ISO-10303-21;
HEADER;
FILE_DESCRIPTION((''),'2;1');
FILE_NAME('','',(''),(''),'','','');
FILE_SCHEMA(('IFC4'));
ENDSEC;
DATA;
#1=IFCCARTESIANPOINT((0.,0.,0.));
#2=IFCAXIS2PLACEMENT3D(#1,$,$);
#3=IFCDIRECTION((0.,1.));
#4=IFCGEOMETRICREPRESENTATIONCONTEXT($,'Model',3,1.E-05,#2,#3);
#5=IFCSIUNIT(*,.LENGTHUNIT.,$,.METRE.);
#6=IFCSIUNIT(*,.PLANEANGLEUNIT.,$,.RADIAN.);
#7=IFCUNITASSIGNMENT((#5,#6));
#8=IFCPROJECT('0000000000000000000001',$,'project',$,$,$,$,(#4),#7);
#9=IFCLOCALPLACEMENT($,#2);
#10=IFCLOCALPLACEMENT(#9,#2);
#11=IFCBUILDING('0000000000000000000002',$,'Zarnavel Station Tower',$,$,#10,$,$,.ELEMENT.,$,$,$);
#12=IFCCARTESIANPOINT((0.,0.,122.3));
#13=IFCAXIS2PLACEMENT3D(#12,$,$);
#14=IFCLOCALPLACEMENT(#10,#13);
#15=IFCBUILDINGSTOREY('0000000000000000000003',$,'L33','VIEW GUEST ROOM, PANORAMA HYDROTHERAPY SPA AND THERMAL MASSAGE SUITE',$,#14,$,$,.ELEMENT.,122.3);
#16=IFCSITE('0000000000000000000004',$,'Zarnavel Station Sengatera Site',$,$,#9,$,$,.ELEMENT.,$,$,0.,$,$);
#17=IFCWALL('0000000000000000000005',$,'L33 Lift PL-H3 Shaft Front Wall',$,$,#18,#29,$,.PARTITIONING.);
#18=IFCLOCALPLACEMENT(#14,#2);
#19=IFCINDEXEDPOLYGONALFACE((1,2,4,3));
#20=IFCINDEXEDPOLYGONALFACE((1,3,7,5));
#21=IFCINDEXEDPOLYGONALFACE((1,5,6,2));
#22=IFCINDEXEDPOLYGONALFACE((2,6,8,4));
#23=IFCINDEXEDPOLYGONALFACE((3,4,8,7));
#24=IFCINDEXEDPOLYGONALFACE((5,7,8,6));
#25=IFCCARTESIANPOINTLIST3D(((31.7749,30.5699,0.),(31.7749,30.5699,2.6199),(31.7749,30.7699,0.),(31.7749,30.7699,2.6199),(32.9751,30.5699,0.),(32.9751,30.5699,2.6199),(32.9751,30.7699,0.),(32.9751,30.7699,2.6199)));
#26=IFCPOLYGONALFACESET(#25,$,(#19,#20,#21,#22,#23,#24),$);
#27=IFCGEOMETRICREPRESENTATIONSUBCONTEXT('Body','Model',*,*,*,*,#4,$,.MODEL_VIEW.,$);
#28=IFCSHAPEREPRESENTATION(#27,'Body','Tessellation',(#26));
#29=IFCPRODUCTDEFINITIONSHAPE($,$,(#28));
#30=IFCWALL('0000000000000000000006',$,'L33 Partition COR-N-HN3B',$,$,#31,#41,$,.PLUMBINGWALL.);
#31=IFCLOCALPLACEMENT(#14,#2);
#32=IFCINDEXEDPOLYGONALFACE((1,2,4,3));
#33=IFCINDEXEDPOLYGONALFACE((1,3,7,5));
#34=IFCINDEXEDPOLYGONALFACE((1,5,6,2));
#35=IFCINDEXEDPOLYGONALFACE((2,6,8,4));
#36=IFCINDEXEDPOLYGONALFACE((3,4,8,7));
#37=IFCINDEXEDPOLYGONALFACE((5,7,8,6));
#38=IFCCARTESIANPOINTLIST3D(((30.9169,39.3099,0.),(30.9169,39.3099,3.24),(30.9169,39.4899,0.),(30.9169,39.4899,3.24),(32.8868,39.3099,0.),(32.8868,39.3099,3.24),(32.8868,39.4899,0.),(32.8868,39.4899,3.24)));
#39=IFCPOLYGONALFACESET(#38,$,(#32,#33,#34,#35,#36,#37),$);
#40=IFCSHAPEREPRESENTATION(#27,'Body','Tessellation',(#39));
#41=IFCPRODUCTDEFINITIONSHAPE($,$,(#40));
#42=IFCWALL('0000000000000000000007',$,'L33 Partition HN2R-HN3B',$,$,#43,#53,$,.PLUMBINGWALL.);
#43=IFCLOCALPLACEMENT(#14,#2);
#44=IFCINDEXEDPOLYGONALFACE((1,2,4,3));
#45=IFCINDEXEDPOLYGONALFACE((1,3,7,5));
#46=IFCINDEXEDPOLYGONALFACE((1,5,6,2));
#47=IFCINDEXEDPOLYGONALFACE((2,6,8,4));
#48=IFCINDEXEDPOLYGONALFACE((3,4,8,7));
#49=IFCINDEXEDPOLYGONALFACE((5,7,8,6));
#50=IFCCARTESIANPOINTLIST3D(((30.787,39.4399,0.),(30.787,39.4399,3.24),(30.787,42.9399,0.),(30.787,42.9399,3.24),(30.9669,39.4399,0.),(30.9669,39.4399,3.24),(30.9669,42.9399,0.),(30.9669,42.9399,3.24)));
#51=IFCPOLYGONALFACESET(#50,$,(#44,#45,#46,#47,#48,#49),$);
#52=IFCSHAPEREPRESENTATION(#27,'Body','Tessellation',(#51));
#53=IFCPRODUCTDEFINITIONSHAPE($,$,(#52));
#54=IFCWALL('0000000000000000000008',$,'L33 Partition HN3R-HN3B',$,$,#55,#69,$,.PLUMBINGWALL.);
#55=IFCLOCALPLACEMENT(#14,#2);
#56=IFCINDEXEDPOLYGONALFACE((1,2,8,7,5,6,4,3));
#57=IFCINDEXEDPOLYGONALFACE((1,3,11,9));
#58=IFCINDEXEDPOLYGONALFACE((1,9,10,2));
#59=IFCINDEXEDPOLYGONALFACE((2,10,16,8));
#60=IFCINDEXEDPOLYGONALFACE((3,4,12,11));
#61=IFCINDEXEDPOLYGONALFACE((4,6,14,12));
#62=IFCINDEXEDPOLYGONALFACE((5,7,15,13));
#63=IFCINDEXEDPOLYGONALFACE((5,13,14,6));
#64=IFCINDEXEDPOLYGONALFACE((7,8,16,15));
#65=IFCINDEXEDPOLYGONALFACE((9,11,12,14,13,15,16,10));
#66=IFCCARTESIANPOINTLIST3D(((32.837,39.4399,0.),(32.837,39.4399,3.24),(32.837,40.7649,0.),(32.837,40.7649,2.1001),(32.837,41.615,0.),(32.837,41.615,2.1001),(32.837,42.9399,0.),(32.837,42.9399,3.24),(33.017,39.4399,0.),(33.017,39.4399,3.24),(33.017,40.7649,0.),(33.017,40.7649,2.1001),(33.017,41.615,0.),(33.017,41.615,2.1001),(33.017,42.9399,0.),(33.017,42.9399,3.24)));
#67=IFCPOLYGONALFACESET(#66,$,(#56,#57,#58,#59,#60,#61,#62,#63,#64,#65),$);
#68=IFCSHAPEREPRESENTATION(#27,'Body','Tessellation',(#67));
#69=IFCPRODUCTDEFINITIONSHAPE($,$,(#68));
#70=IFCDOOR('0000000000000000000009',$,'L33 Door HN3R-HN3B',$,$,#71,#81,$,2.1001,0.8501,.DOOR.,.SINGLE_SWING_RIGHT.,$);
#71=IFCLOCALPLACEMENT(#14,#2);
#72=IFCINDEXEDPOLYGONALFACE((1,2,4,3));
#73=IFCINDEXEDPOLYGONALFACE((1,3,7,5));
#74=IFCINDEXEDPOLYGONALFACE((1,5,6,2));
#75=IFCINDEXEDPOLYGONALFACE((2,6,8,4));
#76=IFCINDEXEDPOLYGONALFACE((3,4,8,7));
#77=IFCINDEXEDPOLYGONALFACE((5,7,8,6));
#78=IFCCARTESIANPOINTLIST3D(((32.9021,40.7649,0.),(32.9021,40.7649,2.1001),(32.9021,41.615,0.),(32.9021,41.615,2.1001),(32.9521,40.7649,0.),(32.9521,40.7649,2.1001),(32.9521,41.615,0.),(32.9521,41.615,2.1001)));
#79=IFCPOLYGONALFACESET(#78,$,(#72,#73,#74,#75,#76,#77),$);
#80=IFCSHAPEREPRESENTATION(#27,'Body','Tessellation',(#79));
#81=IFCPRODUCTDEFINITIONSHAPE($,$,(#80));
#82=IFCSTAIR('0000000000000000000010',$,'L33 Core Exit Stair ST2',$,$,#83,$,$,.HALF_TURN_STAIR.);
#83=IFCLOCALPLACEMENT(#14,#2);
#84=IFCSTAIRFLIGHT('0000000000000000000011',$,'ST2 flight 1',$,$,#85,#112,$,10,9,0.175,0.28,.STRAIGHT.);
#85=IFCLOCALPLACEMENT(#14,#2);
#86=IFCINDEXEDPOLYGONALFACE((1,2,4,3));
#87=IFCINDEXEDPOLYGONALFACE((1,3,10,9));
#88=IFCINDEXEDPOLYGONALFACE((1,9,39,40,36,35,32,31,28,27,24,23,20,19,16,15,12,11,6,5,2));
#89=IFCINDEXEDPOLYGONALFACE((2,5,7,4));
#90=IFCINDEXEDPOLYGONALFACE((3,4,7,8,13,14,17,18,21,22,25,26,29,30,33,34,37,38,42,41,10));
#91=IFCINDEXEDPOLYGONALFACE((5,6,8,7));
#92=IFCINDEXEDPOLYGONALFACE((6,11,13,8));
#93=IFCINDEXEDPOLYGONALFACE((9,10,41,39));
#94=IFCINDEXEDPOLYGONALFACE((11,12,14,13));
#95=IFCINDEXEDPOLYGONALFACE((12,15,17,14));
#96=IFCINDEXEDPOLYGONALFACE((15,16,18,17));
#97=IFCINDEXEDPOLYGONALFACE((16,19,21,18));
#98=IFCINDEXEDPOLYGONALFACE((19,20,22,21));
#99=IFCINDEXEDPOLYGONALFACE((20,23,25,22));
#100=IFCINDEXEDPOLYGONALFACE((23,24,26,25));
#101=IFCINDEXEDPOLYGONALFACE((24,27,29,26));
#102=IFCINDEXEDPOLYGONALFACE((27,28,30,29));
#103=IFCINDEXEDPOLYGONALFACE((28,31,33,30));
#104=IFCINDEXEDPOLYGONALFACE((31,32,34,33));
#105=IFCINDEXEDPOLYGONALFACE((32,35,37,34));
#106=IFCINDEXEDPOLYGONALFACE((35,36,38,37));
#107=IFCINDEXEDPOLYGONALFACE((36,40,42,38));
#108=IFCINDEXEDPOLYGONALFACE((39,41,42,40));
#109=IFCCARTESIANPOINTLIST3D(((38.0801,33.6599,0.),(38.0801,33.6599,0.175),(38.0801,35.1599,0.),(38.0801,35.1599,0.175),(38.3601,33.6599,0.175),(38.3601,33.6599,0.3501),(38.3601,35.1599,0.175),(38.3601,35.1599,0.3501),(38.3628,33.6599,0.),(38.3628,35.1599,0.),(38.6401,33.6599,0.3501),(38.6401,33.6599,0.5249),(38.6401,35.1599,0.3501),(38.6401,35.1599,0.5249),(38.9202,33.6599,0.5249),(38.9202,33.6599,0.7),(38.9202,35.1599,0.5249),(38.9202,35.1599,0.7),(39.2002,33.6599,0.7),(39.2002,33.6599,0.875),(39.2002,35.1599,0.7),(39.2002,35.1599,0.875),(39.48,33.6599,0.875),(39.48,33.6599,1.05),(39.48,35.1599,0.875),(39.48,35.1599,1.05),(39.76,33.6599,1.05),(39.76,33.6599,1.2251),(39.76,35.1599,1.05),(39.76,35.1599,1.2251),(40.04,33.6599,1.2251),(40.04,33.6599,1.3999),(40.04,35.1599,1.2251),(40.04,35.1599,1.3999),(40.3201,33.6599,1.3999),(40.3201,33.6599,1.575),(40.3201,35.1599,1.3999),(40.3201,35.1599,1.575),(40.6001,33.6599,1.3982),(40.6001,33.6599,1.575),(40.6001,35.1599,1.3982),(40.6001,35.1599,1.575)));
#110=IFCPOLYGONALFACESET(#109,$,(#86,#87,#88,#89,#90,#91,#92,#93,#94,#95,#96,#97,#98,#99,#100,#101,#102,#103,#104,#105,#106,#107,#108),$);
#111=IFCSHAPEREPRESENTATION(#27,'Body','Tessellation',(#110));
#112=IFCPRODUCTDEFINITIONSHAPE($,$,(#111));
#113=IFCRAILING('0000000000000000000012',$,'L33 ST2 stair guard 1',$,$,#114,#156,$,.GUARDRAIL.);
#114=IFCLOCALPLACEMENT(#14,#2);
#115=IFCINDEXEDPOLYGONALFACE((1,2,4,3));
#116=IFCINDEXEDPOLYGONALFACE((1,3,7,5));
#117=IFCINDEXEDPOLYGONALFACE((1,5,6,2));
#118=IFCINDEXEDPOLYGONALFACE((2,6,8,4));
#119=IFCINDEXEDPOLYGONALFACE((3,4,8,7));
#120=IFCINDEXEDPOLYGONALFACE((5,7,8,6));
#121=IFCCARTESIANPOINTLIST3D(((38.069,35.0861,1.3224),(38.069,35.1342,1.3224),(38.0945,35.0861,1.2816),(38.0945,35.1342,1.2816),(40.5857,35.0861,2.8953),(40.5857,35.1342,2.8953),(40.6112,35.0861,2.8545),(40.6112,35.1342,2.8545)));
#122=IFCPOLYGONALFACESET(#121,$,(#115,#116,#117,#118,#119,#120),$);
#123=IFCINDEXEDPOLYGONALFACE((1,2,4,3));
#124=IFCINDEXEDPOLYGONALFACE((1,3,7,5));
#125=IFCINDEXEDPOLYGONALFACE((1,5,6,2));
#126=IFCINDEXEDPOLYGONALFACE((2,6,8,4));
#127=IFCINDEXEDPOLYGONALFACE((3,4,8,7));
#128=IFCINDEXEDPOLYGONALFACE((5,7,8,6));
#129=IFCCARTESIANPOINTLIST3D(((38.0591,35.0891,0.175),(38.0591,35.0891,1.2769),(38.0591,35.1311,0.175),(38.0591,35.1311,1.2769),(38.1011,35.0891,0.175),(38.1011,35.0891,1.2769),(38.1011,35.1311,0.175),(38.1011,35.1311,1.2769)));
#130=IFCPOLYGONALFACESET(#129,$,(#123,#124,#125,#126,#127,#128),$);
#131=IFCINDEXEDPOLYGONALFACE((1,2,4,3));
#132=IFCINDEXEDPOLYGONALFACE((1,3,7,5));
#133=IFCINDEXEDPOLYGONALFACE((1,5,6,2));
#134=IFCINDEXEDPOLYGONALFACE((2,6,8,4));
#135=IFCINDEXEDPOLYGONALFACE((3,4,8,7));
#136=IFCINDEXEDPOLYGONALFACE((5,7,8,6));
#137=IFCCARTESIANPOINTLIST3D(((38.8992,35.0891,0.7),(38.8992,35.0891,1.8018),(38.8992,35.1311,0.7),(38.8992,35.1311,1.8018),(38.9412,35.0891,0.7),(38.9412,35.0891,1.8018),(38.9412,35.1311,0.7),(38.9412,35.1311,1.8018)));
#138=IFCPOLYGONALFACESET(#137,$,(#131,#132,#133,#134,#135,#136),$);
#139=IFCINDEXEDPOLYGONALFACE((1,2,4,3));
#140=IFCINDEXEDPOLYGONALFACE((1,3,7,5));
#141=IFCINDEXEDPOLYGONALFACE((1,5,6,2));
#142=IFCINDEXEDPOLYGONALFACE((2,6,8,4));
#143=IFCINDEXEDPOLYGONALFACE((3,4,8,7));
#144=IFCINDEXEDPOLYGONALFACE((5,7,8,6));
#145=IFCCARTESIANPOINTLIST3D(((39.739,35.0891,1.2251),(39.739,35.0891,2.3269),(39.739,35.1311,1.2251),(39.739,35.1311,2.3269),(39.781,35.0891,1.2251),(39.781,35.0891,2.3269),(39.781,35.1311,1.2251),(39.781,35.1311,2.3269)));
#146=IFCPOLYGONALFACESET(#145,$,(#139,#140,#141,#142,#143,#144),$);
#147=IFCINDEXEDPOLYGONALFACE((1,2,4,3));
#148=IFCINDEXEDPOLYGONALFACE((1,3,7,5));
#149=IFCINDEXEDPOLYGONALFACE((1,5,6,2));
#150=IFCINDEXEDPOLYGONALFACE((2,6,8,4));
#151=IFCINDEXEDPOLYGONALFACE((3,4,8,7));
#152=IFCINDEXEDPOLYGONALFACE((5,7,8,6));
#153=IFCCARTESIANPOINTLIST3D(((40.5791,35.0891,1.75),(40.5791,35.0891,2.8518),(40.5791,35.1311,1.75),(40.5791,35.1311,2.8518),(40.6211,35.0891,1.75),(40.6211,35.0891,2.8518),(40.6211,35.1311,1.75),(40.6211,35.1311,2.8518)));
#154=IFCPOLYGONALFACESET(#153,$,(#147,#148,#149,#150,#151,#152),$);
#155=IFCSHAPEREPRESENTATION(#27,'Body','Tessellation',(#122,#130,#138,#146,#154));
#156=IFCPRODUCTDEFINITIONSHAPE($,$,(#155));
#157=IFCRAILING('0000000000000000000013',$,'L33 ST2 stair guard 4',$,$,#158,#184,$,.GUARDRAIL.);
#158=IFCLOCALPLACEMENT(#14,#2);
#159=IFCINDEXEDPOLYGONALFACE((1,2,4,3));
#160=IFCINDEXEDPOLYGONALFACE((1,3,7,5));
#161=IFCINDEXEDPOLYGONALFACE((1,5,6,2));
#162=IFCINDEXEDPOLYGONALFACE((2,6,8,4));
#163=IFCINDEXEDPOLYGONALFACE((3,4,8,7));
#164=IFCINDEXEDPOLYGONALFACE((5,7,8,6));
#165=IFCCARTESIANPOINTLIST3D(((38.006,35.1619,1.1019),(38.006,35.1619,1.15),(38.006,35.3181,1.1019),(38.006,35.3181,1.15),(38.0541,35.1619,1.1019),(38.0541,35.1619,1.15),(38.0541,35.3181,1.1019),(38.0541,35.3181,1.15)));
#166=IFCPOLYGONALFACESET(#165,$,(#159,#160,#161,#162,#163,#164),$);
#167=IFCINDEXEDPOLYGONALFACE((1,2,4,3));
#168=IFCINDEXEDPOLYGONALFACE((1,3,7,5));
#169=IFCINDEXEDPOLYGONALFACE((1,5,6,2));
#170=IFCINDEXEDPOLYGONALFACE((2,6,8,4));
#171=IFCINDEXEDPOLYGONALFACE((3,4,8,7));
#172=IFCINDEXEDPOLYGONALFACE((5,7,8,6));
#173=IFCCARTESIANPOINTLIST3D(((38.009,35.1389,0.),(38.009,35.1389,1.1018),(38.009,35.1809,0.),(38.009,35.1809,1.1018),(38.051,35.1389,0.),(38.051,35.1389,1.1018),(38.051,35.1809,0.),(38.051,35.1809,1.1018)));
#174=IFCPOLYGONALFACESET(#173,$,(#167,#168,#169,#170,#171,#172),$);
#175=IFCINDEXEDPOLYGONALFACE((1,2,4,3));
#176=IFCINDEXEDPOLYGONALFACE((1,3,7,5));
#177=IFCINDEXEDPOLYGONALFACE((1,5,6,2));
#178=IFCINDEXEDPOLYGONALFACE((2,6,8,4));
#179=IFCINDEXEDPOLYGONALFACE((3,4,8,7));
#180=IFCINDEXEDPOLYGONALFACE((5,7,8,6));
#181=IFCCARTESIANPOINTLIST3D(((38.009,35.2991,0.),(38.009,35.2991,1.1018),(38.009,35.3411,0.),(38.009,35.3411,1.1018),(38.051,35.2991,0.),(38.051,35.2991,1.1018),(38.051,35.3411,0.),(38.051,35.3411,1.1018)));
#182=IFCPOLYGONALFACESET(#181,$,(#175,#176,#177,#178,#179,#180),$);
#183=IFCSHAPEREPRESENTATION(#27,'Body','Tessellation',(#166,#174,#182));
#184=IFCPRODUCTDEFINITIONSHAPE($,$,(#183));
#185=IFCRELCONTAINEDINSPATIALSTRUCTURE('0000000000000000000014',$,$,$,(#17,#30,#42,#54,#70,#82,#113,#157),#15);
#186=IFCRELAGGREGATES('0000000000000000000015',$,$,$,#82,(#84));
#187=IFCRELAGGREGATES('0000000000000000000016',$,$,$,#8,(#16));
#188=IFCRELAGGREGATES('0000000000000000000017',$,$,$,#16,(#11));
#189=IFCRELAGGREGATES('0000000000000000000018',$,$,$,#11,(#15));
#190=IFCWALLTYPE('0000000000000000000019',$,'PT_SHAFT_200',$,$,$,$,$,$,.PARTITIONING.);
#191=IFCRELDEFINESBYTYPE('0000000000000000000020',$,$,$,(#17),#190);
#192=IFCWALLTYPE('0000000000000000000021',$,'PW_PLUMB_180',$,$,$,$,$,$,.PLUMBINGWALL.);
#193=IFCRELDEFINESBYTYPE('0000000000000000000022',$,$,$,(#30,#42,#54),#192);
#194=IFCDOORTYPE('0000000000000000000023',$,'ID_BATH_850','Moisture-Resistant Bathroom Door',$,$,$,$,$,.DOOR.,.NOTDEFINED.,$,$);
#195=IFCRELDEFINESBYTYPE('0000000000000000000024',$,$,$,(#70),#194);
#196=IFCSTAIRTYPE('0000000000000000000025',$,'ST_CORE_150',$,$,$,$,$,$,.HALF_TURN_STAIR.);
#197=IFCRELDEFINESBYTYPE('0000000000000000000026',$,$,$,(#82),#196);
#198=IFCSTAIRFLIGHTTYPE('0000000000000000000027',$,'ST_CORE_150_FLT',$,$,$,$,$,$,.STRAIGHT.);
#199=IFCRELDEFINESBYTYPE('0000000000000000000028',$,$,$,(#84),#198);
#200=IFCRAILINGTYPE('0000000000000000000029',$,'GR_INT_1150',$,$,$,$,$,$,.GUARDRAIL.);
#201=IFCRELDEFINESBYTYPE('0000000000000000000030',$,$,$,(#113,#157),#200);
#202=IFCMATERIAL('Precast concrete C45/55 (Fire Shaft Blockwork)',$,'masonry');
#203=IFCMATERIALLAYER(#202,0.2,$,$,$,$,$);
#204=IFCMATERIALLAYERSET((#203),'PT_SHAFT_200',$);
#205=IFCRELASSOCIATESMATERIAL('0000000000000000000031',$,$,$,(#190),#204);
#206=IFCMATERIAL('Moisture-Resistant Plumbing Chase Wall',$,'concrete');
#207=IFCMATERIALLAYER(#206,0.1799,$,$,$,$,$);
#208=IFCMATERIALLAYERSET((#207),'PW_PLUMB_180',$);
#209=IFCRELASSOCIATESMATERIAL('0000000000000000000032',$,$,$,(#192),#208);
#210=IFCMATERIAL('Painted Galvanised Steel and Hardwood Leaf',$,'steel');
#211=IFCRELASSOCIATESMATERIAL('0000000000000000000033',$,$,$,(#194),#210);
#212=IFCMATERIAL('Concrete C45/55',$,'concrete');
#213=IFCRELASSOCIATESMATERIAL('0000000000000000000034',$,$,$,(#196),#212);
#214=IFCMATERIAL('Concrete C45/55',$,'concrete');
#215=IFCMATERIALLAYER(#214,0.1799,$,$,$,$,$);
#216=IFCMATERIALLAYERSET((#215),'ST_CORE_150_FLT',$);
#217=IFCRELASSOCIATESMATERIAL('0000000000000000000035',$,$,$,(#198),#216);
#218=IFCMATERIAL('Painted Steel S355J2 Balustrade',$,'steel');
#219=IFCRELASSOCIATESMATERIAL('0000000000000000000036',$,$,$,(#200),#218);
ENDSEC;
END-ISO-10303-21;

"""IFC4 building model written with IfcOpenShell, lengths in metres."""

from ifc_helpers import new_model, si_unit, direction, frame, frame_2d, origin, origin_2d, place, context, subcontext, project, spatial, polyline, rectangle, outline, extrude, material, layer, layer_set, type_object, element, fill, aggregate, save


model = new_model("IFC4")

# Units and contexts
model_context = context("Model", 3, precision=1e-05, world=origin(), true_north=direction((0.0, 1.0)))
body_context = subcontext(model_context, "Body", "Model", "MODEL_VIEW")
ifc_project = project(units=[si_unit("LENGTHUNIT", "METRE"), si_unit("PLANEANGLEUNIT", "RADIAN")], contexts=[model_context])

# Site, building, storey
site_placement = place(None, origin())
site = spatial("IfcSite", under=ifc_project, at=site_placement, Name="Zarnavel Station Sengatera Site", CompositionType="ELEMENT", RefElevation=0.0)
building_placement = place(site_placement, origin())
building = spatial("IfcBuilding", under=site, at=building_placement, Name="Zarnavel Station Tower", CompositionType="ELEMENT")
storey_placement = place(building_placement, frame((0.0, 0.0, 122.3)))
storey = spatial("IfcBuildingStorey", under=building, at=storey_placement, Name="L33", Description="VIEW GUEST ROOM, PANORAMA HYDROTHERAPY SPA AND THERMAL MASSAGE SUITE", CompositionType="ELEMENT", Elevation=122.3)

# Shared definitions
ifc_material_1 = material(Name="Precast concrete C45/55 (Fire Shaft Blockwork)", Category="masonry")
ifc_layer_1 = layer(ifc_material_1, 0.2)
ifc_layer_set_1 = layer_set([ifc_layer_1], Name="PT_SHAFT_200")
wall_type_1 = type_object("IfcWallType", Name="PT_SHAFT_200", PredefinedType="PARTITIONING", material=ifc_layer_set_1)

# Wall
wall_1_placement = place(storey_placement, frame((31.7749, 30.6699, 0.0), z_axis=(0.0, 0.0, 1.0), x_axis=(1.0, 0.0, 0.0)))
element("IfcWall", 1, at=wall_1_placement, inside=storey, type_object=wall_type_1, Name="L33 Lift PL-H3 Shaft Front Wall", PredefinedType="PARTITIONING", context=body_context, shape_type="SweptSolid", body=[
    extrude(rectangle(XDim=1.2002, YDim=0.2, at=frame_2d((0.6001, 0.0))), origin(), (0.0, 0.0, 1.0), 2.6199),
])

# Walls
ifc_material_2 = material(Name="Moisture-Resistant Plumbing Chase Wall", Category="concrete")
ifc_layer_2 = layer(ifc_material_2, 0.1799)
ifc_layer_set_2 = layer_set([ifc_layer_2], Name="PW_PLUMB_180")
wall_type_2 = type_object("IfcWallType", Name="PW_PLUMB_180", PredefinedType="PLUMBINGWALL", material=ifc_layer_set_2)
wall_2_placement = place(storey_placement, frame((30.917, 39.3999, 0.0), z_axis=(0.0, 0.0, 1.0), x_axis=(1.0, 0.0, 0.0)))
element("IfcWall", 2, at=wall_2_placement, inside=storey, type_object=wall_type_2, Name="L33 Partition COR-N-HN3B", PredefinedType="PLUMBINGWALL", context=body_context, shape_type="SweptSolid", body=[
    extrude(rectangle(XDim=1.97, YDim=0.1799, at=frame_2d((0.9849, 0.0))), origin(), (0.0, 0.0, 1.0), 3.24),
])
wall_3_placement = place(storey_placement, frame((30.877, 39.4399, 0.0), z_axis=(0.0, 0.0, 1.0), x_axis=(0.0, 1.0, 0.0)))
element("IfcWall", 3, at=wall_3_placement, inside=storey, type_object=wall_type_2, Name="L33 Partition HN2R-HN3B", PredefinedType="PLUMBINGWALL", context=body_context, shape_type="SweptSolid", body=[
    extrude(rectangle(XDim=3.5, YDim=0.1799, at=frame_2d((1.75, 0.0))), origin(), (0.0, 0.0, 1.0), 3.24),
])

# Wall, opening, door
wall_4_placement = place(storey_placement, frame((32.927, 39.4399, 0.0), z_axis=(0.0, 0.0, 1.0), x_axis=(0.0, 1.0, 0.0)))
wall_4 = element("IfcWall", 4, at=wall_4_placement, inside=storey, type_object=wall_type_2, Name="L33 Partition HN3R-HN3B", PredefinedType="PLUMBINGWALL", context=body_context, shape_type="SweptSolid", body=[
    extrude(rectangle(XDim=3.5, YDim=0.1799, at=frame_2d((1.75, 0.0))), origin(), (0.0, 0.0, 1.0), 3.24),
])
opening_1_placement = place(wall_4_placement, frame((1.325, 0.0, 0.0)))
opening_1 = element("IfcOpeningElement", 5, at=opening_1_placement, cuts=wall_4, PredefinedType="OPENING", context=body_context, shape_type="SweptSolid", body=[
    extrude(rectangle(XDim=0.8501, YDim=2.1001, at=frame_2d((0.425, 1.05))), frame((0.0, 0.0999, 0.0), z_axis=(0.0, -1.0, 0.0), x_axis=(1.0, 0.0, 0.0)), (0.0, 0.0, 1.0), 0.2),
])
ifc_material_3 = material(Name="Painted Galvanised Steel and Hardwood Leaf", Category="steel")
door_type_1 = type_object("IfcDoorType", Name="ID_BATH_850", Description="Moisture-Resistant Bathroom Door", OperationType="NOTDEFINED", PredefinedType="DOOR", material=ifc_material_3)
door_1_placement = place(opening_1_placement, origin())
door_1 = element("IfcDoor", 6, at=door_1_placement, inside=storey, type_object=door_type_1, Name="L33 Door HN3R-HN3B", OperationType="SINGLE_SWING_RIGHT", OverallHeight=2.1001, OverallWidth=0.8501, PredefinedType="DOOR", context=body_context, shape_type="SweptSolid", body=[
    extrude(rectangle(XDim=0.8501, YDim=2.1001, at=frame_2d((0.425, 1.05))), frame((0.0, 0.0249, 0.0), z_axis=(0.0, -1.0, 0.0), x_axis=(1.0, 0.0, 0.0)), (0.0, 0.0, 1.0), 0.05),
])
fill(opening_1, door_1)

# Stair, stair flight
ifc_material_4 = material(Name="Concrete C45/55", Category="concrete")
stair_type = type_object("IfcStairType", Name="ST_CORE_150", PredefinedType="HALF_TURN_STAIR", material=ifc_material_4)
stair_placement = place(storey_placement, origin())
stair = element("IfcStair", 7, at=stair_placement, inside=storey, type_object=stair_type, Name="L33 Core Exit Stair ST2", PredefinedType="HALF_TURN_STAIR")
ifc_material_5 = material(Name="Concrete C45/55", Category="concrete")
ifc_layer_3 = layer(ifc_material_5, 0.1799)
ifc_layer_set_3 = layer_set([ifc_layer_3], Name="ST_CORE_150_FLT")
stair_flight_type = type_object("IfcStairFlightType", Name="ST_CORE_150_FLT", PredefinedType="STRAIGHT", material=ifc_layer_set_3)
stair_flight_placement = place(storey_placement, frame((38.0801, 34.4099, 0.0), z_axis=(0.0, 0.0, 1.0), x_axis=(1.0, 0.0, 0.0)))
stair_flight = element("IfcStairFlight", 8, at=stair_flight_placement, type_object=stair_flight_type, Name="ST2 flight 1", NumberOfRisers=10, NumberOfTreads=9, PredefinedType="STRAIGHT", RiserHeight=0.175, TreadLength=0.28, context=body_context, shape_type="SweptSolid", body=[
    extrude(outline(polyline([(0.0, 0.0), (0.0, 0.175), (0.28, 0.175), (0.28, 0.3501), (0.5601, 0.3501), (0.5601, 0.5249), (0.8401, 0.5249), (0.8401, 0.7), (1.1201, 0.7), (1.1201, 0.875), (1.3999, 0.875), (1.3999, 1.05), (1.6799, 1.05), (1.6799, 1.2251), (1.96, 1.2251), (1.96, 1.3999), (2.24, 1.3999), (2.24, 1.575), (2.52, 1.575), (2.52, 1.75), (2.52, 1.3982), (0.2827, 0.0), (0.0, 0.0)])), frame((0.0, 0.75, 0.0), z_axis=(0.0, -1.0, 0.0), x_axis=(1.0, 0.0, 0.0)), (0.0, 0.0, 1.0), 1.5),
])
aggregate(stair, [stair_flight])

# Railings
ifc_material_6 = material(Name="Painted Steel S355J2 Balustrade", Category="steel")
railing_type_1 = type_object("IfcRailingType", Name="GR_INT_1150", PredefinedType="GUARDRAIL", material=ifc_material_6)
railing_1_placement = place(storey_placement, frame((38.0801, 35.1101, 0.175)))
element("IfcRailing", 9, at=railing_1_placement, inside=storey, type_object=railing_type_1, Name="L33 ST2 stair guard 1", PredefinedType="GUARDRAIL", context=body_context, shape_type="SweptSolid", body=[
    extrude(rectangle(XDim=0.0481, YDim=0.0481, at=origin_2d()), frame((0.0017, 0.0, 1.127), z_axis=(0.848008, 0.0, 0.529984), x_axis=(0.0, 1.0, 0.0)), (0.0, 0.0, 1.0), 2.9678),
    extrude(rectangle(XDim=0.042, YDim=0.042, at=origin_2d()), origin(), (0.0, 0.0, 1.0), 1.1018),
    extrude(rectangle(XDim=0.042, YDim=0.042, at=origin_2d()), frame((0.8401, 0.0, 0.5249)), (0.0, 0.0, 1.0), 1.1018),
    extrude(rectangle(XDim=0.042, YDim=0.042, at=origin_2d()), frame((1.6799, 0.0, 1.05)), (0.0, 0.0, 1.0), 1.1018),
    extrude(rectangle(XDim=0.042, YDim=0.042, at=origin_2d()), frame((2.52, 0.0, 1.575)), (0.0, 0.0, 1.0), 1.1018),
])
railing_2_placement = place(storey_placement, frame((38.03, 35.1599, 0.0)))
element("IfcRailing", 10, at=railing_2_placement, inside=storey, type_object=railing_type_1, Name="L33 ST2 stair guard 4", PredefinedType="GUARDRAIL", context=body_context, shape_type="SweptSolid", body=[
    extrude(rectangle(XDim=0.0481, YDim=0.0481, at=origin_2d()), frame((0.0, 0.002, 1.126), z_axis=(0.0, 1.0, 0.0), x_axis=(-1.0, 0.0, 0.0)), (0.0, 0.0, 1.0), 0.1562),
    extrude(rectangle(XDim=0.042, YDim=0.042, at=origin_2d()), origin(), (0.0, 0.0, 1.0), 1.1018),
    extrude(rectangle(XDim=0.042, YDim=0.042, at=origin_2d()), frame((0.0, 0.1602, 0.0)), (0.0, 0.0, 1.0), 1.1018),
])

save(model, "model.ifc")
